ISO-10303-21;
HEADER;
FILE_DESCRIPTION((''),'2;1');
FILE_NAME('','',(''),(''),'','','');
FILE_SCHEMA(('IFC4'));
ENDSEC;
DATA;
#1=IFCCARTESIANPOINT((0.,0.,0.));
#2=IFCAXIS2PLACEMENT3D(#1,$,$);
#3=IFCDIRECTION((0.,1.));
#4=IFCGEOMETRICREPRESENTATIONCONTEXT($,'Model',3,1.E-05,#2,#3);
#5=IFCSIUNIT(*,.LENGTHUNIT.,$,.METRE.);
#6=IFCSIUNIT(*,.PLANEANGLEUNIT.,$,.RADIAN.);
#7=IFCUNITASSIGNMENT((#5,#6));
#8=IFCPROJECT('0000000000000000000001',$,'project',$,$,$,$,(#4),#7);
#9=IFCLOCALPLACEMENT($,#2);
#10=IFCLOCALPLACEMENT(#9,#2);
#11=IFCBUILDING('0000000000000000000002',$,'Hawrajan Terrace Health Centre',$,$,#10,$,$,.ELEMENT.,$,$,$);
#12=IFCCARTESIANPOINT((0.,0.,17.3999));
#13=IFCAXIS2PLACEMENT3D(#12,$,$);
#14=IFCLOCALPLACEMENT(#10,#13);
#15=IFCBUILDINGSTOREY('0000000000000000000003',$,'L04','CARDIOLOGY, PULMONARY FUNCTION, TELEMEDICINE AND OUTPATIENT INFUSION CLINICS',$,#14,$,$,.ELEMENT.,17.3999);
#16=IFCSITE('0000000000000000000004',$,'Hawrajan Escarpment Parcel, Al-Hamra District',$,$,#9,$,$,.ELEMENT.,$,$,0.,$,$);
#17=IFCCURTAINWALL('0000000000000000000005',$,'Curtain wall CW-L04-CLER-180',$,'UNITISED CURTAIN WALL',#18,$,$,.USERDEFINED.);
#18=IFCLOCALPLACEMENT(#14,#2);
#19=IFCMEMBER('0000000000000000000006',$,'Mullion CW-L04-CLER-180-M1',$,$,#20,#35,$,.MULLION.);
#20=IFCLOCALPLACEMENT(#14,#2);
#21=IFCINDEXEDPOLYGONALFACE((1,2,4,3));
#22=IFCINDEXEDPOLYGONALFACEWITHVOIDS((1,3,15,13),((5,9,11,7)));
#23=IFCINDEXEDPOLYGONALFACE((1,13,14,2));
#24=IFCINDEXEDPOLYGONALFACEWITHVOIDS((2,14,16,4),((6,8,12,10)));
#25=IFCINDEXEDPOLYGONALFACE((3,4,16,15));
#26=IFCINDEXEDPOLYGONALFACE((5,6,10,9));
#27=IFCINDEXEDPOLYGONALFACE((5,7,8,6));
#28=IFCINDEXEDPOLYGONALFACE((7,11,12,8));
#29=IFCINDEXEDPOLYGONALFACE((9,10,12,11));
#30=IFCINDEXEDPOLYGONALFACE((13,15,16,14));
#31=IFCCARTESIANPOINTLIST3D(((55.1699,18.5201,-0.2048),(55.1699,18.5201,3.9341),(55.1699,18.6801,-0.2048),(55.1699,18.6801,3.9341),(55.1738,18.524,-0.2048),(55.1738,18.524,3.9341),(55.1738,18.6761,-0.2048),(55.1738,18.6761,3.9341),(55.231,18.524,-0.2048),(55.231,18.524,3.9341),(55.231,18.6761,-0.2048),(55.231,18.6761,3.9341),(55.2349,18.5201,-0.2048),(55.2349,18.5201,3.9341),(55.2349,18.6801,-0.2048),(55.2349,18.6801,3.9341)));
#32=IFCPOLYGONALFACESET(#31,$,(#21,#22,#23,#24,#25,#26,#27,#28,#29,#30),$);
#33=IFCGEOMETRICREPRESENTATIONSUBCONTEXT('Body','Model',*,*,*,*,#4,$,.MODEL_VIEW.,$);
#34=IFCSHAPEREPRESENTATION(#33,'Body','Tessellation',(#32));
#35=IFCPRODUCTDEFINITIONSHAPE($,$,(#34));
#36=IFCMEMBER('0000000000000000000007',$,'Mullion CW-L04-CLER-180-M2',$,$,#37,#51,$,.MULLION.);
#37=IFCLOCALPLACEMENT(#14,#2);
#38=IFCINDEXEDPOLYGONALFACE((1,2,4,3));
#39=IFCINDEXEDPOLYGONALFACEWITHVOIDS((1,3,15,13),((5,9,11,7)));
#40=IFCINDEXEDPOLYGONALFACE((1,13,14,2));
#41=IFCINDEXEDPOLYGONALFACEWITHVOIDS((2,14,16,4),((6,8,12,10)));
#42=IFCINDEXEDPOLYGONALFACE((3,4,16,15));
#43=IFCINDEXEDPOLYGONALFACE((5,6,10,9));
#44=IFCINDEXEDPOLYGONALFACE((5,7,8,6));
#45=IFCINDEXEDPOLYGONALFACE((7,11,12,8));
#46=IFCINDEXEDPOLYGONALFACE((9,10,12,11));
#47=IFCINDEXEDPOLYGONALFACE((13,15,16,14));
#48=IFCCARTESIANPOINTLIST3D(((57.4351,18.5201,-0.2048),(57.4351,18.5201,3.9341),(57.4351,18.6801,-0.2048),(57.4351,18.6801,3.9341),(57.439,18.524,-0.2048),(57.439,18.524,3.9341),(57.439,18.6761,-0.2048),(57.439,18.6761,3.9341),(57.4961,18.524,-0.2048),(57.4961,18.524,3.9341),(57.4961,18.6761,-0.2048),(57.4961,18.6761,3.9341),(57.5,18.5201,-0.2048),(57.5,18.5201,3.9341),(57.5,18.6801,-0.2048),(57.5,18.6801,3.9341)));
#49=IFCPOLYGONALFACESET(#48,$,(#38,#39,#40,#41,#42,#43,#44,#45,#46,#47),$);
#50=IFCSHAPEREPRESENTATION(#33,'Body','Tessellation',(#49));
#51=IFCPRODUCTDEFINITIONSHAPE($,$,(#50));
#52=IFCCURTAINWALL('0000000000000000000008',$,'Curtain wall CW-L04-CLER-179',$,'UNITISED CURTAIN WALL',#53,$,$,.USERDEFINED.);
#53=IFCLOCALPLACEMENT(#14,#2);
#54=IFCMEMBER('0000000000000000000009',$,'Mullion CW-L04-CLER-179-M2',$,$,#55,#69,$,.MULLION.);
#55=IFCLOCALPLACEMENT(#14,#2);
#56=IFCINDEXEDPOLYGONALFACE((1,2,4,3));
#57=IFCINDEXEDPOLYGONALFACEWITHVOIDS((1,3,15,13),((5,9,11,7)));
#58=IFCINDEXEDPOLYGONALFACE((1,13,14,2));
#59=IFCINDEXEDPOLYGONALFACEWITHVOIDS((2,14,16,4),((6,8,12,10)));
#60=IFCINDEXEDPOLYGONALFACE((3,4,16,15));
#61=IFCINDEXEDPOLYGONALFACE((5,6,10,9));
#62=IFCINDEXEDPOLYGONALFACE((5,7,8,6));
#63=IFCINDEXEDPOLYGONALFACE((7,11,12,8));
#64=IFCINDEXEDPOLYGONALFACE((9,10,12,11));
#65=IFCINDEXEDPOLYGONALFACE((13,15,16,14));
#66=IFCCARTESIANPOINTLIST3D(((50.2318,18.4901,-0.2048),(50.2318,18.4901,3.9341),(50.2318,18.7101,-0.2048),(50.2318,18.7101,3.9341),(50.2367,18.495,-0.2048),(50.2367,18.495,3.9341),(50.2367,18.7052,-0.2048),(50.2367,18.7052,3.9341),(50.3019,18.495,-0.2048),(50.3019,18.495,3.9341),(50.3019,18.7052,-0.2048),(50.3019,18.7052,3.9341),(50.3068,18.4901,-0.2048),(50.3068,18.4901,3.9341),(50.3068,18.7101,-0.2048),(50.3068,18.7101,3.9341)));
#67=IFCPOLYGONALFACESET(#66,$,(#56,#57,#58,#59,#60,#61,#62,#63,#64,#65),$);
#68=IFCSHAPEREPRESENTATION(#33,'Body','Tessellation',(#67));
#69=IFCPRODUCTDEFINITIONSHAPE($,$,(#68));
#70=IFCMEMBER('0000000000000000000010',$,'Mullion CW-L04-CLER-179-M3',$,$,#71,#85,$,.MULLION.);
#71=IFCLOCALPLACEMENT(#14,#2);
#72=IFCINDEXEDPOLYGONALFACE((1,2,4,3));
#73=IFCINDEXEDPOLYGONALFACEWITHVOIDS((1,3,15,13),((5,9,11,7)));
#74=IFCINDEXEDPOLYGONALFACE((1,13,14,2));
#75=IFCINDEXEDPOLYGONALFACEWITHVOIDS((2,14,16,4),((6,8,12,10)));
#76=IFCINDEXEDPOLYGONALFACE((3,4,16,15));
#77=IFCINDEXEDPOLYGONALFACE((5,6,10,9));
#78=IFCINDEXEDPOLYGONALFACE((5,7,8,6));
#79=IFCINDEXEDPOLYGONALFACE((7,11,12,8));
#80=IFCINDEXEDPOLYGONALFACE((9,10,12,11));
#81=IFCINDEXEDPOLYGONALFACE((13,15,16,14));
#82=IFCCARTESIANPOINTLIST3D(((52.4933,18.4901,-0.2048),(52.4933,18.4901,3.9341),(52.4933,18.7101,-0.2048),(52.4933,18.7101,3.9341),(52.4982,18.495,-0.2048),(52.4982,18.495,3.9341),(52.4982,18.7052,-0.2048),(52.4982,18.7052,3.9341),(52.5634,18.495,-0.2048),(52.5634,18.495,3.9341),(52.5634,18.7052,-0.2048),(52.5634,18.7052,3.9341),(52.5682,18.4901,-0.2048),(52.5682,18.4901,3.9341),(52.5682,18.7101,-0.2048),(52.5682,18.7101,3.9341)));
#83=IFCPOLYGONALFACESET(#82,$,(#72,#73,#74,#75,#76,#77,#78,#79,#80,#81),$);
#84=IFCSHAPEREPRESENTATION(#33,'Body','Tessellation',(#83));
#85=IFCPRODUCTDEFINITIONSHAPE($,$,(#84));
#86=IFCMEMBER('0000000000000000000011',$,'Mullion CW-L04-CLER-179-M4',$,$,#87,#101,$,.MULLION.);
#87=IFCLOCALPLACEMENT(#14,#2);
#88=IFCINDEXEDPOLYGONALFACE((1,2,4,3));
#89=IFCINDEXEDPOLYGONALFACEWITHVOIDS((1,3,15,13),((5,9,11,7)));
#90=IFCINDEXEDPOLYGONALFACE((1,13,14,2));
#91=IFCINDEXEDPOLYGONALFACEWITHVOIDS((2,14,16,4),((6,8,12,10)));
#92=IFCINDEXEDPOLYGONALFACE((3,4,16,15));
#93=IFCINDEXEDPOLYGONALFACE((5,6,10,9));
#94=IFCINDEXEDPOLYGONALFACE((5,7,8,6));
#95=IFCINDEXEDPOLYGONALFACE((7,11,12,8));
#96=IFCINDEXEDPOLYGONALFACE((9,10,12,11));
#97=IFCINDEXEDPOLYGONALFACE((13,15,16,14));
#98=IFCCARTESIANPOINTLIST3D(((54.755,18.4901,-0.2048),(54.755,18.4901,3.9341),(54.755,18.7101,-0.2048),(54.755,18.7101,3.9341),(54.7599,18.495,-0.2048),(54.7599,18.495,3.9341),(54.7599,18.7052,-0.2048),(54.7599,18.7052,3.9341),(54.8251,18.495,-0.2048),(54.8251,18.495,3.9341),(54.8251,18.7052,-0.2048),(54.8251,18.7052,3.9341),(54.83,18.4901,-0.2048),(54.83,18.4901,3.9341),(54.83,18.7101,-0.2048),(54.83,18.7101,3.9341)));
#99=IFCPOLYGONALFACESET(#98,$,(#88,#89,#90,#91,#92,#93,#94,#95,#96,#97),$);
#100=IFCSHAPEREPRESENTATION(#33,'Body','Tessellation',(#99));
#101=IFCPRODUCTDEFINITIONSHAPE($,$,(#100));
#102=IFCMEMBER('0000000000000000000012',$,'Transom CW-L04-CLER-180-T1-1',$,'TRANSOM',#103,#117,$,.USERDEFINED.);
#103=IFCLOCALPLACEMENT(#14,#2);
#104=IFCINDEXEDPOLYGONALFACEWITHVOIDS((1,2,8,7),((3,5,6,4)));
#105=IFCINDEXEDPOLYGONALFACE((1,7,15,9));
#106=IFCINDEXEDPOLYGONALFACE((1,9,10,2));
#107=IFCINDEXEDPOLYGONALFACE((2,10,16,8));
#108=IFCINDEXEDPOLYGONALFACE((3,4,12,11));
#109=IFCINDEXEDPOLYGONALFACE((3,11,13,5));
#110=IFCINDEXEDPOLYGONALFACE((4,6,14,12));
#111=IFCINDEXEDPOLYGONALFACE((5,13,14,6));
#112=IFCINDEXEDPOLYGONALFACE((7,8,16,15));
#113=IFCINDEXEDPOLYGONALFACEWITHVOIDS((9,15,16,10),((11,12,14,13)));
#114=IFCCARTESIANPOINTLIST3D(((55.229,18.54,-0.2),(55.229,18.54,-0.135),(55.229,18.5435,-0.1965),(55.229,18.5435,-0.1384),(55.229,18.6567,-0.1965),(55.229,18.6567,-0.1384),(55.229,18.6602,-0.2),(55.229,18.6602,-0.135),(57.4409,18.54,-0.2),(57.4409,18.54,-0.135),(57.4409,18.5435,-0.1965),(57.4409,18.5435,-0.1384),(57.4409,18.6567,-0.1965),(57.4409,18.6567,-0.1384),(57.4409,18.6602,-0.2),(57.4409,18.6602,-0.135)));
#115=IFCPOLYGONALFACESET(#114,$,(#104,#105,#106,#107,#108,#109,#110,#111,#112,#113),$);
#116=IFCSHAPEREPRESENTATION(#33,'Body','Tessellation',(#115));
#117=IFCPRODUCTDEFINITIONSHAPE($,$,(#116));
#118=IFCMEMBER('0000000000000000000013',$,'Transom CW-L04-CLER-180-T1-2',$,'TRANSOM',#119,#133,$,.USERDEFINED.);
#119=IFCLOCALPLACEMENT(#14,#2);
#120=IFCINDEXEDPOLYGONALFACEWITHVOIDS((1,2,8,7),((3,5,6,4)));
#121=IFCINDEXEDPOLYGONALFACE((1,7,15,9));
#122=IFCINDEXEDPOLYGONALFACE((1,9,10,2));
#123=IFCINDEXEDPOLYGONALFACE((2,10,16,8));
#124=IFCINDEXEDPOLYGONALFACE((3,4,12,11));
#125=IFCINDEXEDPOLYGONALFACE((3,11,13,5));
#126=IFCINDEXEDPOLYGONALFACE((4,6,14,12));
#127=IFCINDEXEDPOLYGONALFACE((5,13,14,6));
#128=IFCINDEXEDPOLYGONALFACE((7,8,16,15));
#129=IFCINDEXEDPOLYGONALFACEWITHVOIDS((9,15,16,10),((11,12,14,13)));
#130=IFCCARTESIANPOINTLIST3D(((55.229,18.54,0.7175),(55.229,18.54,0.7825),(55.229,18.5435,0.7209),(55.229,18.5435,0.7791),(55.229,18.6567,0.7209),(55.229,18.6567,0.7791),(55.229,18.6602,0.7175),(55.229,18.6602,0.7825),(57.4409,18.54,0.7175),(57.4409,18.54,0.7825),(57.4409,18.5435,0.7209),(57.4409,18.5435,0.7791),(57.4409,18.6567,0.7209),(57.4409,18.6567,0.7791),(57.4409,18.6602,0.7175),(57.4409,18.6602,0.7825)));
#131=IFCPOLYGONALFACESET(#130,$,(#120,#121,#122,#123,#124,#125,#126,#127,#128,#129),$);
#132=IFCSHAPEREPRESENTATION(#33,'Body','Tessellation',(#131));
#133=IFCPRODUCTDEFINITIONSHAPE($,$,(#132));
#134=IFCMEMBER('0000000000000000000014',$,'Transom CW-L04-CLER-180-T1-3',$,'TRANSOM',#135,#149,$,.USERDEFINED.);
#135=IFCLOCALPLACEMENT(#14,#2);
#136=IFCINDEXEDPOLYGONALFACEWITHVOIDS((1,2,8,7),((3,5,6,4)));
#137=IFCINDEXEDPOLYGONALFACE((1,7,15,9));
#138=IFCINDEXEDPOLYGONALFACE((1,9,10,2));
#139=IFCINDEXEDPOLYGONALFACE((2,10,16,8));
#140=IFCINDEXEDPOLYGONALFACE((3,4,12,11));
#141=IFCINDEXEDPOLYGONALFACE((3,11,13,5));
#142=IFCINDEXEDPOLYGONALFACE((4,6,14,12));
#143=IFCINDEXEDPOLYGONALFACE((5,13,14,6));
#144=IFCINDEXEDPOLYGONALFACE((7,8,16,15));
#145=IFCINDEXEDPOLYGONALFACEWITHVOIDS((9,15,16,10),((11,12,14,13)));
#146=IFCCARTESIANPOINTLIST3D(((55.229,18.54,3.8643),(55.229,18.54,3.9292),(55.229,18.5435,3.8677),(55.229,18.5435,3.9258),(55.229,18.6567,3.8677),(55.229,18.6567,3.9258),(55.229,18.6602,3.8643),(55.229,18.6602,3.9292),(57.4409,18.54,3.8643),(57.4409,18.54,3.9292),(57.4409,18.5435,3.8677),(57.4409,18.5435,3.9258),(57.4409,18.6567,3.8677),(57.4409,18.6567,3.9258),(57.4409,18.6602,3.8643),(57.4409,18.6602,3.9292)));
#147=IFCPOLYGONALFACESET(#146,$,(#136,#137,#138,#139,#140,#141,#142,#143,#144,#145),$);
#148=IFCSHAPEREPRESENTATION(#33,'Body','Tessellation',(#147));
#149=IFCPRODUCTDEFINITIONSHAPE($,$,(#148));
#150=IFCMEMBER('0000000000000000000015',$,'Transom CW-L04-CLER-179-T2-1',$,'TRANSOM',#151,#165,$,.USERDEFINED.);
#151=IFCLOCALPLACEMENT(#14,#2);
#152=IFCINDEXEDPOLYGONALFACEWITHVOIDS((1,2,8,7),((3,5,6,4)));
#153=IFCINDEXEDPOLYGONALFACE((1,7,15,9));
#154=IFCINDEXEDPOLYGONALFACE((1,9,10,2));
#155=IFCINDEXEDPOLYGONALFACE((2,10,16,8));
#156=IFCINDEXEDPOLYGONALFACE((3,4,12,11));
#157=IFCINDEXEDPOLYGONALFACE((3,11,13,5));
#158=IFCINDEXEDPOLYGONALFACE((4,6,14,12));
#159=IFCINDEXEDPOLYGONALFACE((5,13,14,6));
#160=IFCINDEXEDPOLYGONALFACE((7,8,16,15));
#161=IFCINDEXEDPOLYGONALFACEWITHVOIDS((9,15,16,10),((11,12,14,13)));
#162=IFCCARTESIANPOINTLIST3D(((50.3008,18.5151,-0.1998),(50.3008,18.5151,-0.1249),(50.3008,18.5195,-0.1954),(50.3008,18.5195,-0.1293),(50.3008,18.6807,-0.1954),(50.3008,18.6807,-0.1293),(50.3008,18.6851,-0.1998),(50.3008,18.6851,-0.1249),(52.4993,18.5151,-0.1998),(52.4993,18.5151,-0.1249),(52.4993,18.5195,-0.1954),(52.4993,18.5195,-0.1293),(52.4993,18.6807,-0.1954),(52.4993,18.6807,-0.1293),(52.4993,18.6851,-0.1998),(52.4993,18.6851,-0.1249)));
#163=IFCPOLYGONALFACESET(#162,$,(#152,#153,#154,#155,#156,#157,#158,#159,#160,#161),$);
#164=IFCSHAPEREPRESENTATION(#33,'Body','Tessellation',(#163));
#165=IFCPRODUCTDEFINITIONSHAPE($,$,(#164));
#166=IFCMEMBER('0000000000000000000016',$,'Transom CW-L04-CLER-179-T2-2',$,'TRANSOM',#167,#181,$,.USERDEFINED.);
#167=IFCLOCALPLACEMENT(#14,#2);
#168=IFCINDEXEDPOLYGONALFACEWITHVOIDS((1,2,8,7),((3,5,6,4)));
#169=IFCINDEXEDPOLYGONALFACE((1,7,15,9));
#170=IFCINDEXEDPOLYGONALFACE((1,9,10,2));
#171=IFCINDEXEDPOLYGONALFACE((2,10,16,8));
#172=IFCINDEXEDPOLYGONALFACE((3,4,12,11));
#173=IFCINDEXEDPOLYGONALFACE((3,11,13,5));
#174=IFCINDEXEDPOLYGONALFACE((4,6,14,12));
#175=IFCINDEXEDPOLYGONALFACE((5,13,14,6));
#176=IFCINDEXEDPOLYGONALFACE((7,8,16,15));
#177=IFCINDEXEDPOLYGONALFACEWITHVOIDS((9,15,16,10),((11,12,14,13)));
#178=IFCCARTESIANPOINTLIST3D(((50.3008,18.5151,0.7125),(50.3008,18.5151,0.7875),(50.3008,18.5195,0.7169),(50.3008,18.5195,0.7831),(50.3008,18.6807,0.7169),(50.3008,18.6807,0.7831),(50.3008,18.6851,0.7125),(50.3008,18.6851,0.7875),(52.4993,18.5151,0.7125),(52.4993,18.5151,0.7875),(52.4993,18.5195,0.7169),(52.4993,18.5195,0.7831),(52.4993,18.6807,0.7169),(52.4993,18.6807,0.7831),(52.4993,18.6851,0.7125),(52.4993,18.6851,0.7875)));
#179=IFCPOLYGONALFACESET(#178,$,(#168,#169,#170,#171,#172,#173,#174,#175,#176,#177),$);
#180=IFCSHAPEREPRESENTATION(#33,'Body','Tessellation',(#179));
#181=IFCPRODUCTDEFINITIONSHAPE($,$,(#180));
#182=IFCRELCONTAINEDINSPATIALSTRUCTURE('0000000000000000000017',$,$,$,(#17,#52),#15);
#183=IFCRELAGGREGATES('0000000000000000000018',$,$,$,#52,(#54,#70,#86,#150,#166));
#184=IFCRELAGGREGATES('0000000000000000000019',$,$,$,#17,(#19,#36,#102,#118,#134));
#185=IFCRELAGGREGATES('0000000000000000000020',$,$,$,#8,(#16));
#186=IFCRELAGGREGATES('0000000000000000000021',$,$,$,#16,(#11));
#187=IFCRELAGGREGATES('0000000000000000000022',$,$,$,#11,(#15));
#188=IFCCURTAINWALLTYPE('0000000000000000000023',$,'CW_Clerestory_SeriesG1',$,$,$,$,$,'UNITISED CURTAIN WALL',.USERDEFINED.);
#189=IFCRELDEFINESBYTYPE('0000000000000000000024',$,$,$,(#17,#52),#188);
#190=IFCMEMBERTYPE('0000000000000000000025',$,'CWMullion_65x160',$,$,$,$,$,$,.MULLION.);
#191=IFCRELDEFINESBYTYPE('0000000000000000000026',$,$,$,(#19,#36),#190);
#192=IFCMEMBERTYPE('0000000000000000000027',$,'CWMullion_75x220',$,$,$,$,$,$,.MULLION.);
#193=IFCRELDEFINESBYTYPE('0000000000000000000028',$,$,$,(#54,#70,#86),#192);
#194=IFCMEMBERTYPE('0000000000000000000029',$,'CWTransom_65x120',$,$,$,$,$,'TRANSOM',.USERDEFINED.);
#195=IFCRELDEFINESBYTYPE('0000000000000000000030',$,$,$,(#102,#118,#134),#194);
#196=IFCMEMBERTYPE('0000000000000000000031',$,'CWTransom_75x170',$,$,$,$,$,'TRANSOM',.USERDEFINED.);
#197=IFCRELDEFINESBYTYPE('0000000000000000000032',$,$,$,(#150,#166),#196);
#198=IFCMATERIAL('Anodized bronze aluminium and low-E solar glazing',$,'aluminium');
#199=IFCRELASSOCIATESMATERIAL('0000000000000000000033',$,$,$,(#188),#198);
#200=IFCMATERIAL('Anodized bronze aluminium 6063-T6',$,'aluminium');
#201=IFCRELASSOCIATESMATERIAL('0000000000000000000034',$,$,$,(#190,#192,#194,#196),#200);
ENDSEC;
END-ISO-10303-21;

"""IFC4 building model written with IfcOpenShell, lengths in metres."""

from ifc_helpers import new_model, si_unit, direction, frame, origin, origin_2d, place, context, subcontext, project, spatial, hollow_rectangle, extrude, material, material_profile, profile_set, type_object, element, aggregate, save


model = new_model("IFC4")

# Units and contexts
model_context = context("Model", 3, precision=1e-05, world=origin(), true_north=direction((0.0, 1.0)))
body_context = subcontext(model_context, "Body", "Model", "MODEL_VIEW")
ifc_project = project(units=[si_unit("LENGTHUNIT", "METRE"), si_unit("PLANEANGLEUNIT", "RADIAN")], contexts=[model_context])

# Site, building, storey
site_placement = place(None, origin())
site = spatial("IfcSite", under=ifc_project, at=site_placement, Name="Hawrajan Escarpment Parcel, Al-Hamra District", CompositionType="ELEMENT", RefElevation=0.0)
building_placement = place(site_placement, origin())
building = spatial("IfcBuilding", under=site, at=building_placement, Name="Hawrajan Terrace Health Centre", CompositionType="ELEMENT")
storey_placement = place(building_placement, frame((0.0, 0.0, 17.3999)))
storey = spatial("IfcBuildingStorey", under=building, at=storey_placement, Name="L04", Description="CARDIOLOGY, PULMONARY FUNCTION, TELEMEDICINE AND OUTPATIENT INFUSION CLINICS", CompositionType="ELEMENT", Elevation=17.3999)

# Curtain walls, members
ifc_material_1 = material(Name="Anodized bronze aluminium and low-E solar glazing", Category="aluminium")
curtain_wall_type = type_object("IfcCurtainWallType", Name="CW_Clerestory_SeriesG1", ElementType="UNITISED CURTAIN WALL", PredefinedType="USERDEFINED", material=ifc_material_1)
curtain_wall_1_placement = place(storey_placement, origin())
curtain_wall_1 = element("IfcCurtainWall", 1, at=curtain_wall_1_placement, inside=storey, type_object=curtain_wall_type, Name="Curtain wall CW-L04-CLER-180", ObjectType="UNITISED CURTAIN WALL", PredefinedType="USERDEFINED")
ifc_material_2 = material(Name="Anodized bronze aluminium 6063-T6", Category="aluminium")
ifc_material_profile_1 = material_profile(ifc_material_2, hollow_rectangle(XDim=0.0649, YDim=0.1599, WallThickness=0.0039, at=origin_2d()), Name="CW MUL 65x160")
ifc_profile_set_1 = profile_set([ifc_material_profile_1], Name="Anodized bronze aluminium 6063-T6")
member_type_1 = type_object("IfcMemberType", Name="CWMullion_65x160", PredefinedType="MULLION", material=ifc_profile_set_1)
member_1_placement = place(storey_placement, frame((55.2024, 18.6001, -0.2048), z_axis=(0.0, 0.0, 1.0), x_axis=(1.0, 0.0, 0.0)))
member_1 = element("IfcMember", 2, at=member_1_placement, type_object=member_type_1, Name="Mullion CW-L04-CLER-180-M1", PredefinedType="MULLION", context=body_context, shape_type="SweptSolid", body=[
    extrude(hollow_rectangle(XDim=0.0649, YDim=0.1599, WallThickness=0.0039, at=origin_2d()), origin(), (0.0, 0.0, 1.0), 4.1389),
])
member_2_placement = place(storey_placement, frame((57.4675, 18.6001, -0.2048), z_axis=(0.0, 0.0, 1.0), x_axis=(1.0, 0.0, 0.0)))
member_2 = element("IfcMember", 3, at=member_2_placement, type_object=member_type_1, Name="Mullion CW-L04-CLER-180-M2", PredefinedType="MULLION", context=body_context, shape_type="SweptSolid", body=[
    extrude(hollow_rectangle(XDim=0.0649, YDim=0.1599, WallThickness=0.0039, at=origin_2d()), origin(), (0.0, 0.0, 1.0), 4.1389),
])
curtain_wall_2_placement = place(storey_placement, origin())
curtain_wall_2 = element("IfcCurtainWall", 4, at=curtain_wall_2_placement, inside=storey, type_object=curtain_wall_type, Name="Curtain wall CW-L04-CLER-179", ObjectType="UNITISED CURTAIN WALL", PredefinedType="USERDEFINED")
ifc_material_profile_2 = material_profile(ifc_material_2, hollow_rectangle(XDim=0.075, YDim=0.22, WallThickness=0.0049, at=origin_2d()), Name="CW MUL 75x220")
ifc_profile_set_2 = profile_set([ifc_material_profile_2], Name="Anodized bronze aluminium 6063-T6")
member_type_2 = type_object("IfcMemberType", Name="CWMullion_75x220", PredefinedType="MULLION", material=ifc_profile_set_2)
member_3_placement = place(storey_placement, frame((50.2693, 18.6001, -0.2048), z_axis=(0.0, 0.0, 1.0), x_axis=(1.0, 0.0, 0.0)))
member_3 = element("IfcMember", 5, at=member_3_placement, type_object=member_type_2, Name="Mullion CW-L04-CLER-179-M2", PredefinedType="MULLION", context=body_context, shape_type="SweptSolid", body=[
    extrude(hollow_rectangle(XDim=0.075, YDim=0.22, WallThickness=0.0049, at=origin_2d()), origin(), (0.0, 0.0, 1.0), 4.1389),
])
member_4_placement = place(storey_placement, frame((52.5308, 18.6001, -0.2048), z_axis=(0.0, 0.0, 1.0), x_axis=(1.0, 0.0, 0.0)))
member_4 = element("IfcMember", 6, at=member_4_placement, type_object=member_type_2, Name="Mullion CW-L04-CLER-179-M3", PredefinedType="MULLION", context=body_context, shape_type="SweptSolid", body=[
    extrude(hollow_rectangle(XDim=0.075, YDim=0.22, WallThickness=0.0049, at=origin_2d()), origin(), (0.0, 0.0, 1.0), 4.1389),
])
member_5_placement = place(storey_placement, frame((54.7925, 18.6001, -0.2048), z_axis=(0.0, 0.0, 1.0), x_axis=(1.0, 0.0, 0.0)))
member_5 = element("IfcMember", 7, at=member_5_placement, type_object=member_type_2, Name="Mullion CW-L04-CLER-179-M4", PredefinedType="MULLION", context=body_context, shape_type="SweptSolid", body=[
    extrude(hollow_rectangle(XDim=0.075, YDim=0.22, WallThickness=0.0049, at=origin_2d()), origin(), (0.0, 0.0, 1.0), 4.1389),
])

# Members
ifc_material_profile_3 = material_profile(ifc_material_2, hollow_rectangle(XDim=0.0649, YDim=0.1201, WallThickness=0.0034, at=origin_2d()), Name="CW TRN 65x120")
ifc_profile_set_3 = profile_set([ifc_material_profile_3], Name="Anodized bronze aluminium 6063-T6")
member_type_3 = type_object("IfcMemberType", Name="CWTransom_65x120", ElementType="TRANSOM", PredefinedType="USERDEFINED", material=ifc_profile_set_3)
member_6_placement = place(storey_placement, frame((55.229, 18.6001, -0.1675), z_axis=(1.0, 0.0, 0.0), x_axis=(0.0, 0.0, 1.0)))
member_6 = element("IfcMember", 8, at=member_6_placement, type_object=member_type_3, Name="Transom CW-L04-CLER-180-T1-1", ObjectType="TRANSOM", PredefinedType="USERDEFINED", context=body_context, shape_type="SweptSolid", body=[
    extrude(hollow_rectangle(XDim=0.0649, YDim=0.1201, WallThickness=0.0034, at=origin_2d()), origin(), (0.0, 0.0, 1.0), 2.2119),
])
member_7_placement = place(storey_placement, frame((55.229, 18.6001, 0.75), z_axis=(1.0, 0.0, 0.0), x_axis=(0.0, 0.0, 1.0)))
member_7 = element("IfcMember", 9, at=member_7_placement, type_object=member_type_3, Name="Transom CW-L04-CLER-180-T1-2", ObjectType="TRANSOM", PredefinedType="USERDEFINED", context=body_context, shape_type="SweptSolid", body=[
    extrude(hollow_rectangle(XDim=0.0649, YDim=0.1201, WallThickness=0.0034, at=origin_2d()), origin(), (0.0, 0.0, 1.0), 2.2119),
])
member_8_placement = place(storey_placement, frame((55.229, 18.6001, 3.8967), z_axis=(1.0, 0.0, 0.0), x_axis=(0.0, 0.0, 1.0)))
member_8 = element("IfcMember", 10, at=member_8_placement, type_object=member_type_3, Name="Transom CW-L04-CLER-180-T1-3", ObjectType="TRANSOM", PredefinedType="USERDEFINED", context=body_context, shape_type="SweptSolid", body=[
    extrude(hollow_rectangle(XDim=0.0649, YDim=0.1201, WallThickness=0.0034, at=origin_2d()), origin(), (0.0, 0.0, 1.0), 2.2119),
])
ifc_material_profile_4 = material_profile(ifc_material_2, hollow_rectangle(XDim=0.075, YDim=0.1699, WallThickness=0.0044, at=origin_2d()), Name="CW TRN 75x170")
ifc_profile_set_4 = profile_set([ifc_material_profile_4], Name="Anodized bronze aluminium 6063-T6")
member_type_4 = type_object("IfcMemberType", Name="CWTransom_75x170", ElementType="TRANSOM", PredefinedType="USERDEFINED", material=ifc_profile_set_4)
member_9_placement = place(storey_placement, frame((50.3008, 18.6001, -0.1624), z_axis=(1.0, 0.0, 0.0), x_axis=(0.0, 0.0, 1.0)))
member_9 = element("IfcMember", 11, at=member_9_placement, type_object=member_type_4, Name="Transom CW-L04-CLER-179-T2-1", ObjectType="TRANSOM", PredefinedType="USERDEFINED", context=body_context, shape_type="SweptSolid", body=[
    extrude(hollow_rectangle(XDim=0.075, YDim=0.1699, WallThickness=0.0044, at=origin_2d()), origin(), (0.0, 0.0, 1.0), 2.1985),
])
member_10_placement = place(storey_placement, frame((50.3008, 18.6001, 0.75), z_axis=(1.0, 0.0, 0.0), x_axis=(0.0, 0.0, 1.0)))
member_10 = element("IfcMember", 12, at=member_10_placement, type_object=member_type_4, Name="Transom CW-L04-CLER-179-T2-2", ObjectType="TRANSOM", PredefinedType="USERDEFINED", context=body_context, shape_type="SweptSolid", body=[
    extrude(hollow_rectangle(XDim=0.075, YDim=0.1699, WallThickness=0.0044, at=origin_2d()), origin(), (0.0, 0.0, 1.0), 2.1985),
])

aggregate(curtain_wall_2, [member_3, member_4, member_5, member_9, member_10])
aggregate(curtain_wall_1, [member_1, member_2, member_6, member_7, member_8])

save(model, "model.ifc")
